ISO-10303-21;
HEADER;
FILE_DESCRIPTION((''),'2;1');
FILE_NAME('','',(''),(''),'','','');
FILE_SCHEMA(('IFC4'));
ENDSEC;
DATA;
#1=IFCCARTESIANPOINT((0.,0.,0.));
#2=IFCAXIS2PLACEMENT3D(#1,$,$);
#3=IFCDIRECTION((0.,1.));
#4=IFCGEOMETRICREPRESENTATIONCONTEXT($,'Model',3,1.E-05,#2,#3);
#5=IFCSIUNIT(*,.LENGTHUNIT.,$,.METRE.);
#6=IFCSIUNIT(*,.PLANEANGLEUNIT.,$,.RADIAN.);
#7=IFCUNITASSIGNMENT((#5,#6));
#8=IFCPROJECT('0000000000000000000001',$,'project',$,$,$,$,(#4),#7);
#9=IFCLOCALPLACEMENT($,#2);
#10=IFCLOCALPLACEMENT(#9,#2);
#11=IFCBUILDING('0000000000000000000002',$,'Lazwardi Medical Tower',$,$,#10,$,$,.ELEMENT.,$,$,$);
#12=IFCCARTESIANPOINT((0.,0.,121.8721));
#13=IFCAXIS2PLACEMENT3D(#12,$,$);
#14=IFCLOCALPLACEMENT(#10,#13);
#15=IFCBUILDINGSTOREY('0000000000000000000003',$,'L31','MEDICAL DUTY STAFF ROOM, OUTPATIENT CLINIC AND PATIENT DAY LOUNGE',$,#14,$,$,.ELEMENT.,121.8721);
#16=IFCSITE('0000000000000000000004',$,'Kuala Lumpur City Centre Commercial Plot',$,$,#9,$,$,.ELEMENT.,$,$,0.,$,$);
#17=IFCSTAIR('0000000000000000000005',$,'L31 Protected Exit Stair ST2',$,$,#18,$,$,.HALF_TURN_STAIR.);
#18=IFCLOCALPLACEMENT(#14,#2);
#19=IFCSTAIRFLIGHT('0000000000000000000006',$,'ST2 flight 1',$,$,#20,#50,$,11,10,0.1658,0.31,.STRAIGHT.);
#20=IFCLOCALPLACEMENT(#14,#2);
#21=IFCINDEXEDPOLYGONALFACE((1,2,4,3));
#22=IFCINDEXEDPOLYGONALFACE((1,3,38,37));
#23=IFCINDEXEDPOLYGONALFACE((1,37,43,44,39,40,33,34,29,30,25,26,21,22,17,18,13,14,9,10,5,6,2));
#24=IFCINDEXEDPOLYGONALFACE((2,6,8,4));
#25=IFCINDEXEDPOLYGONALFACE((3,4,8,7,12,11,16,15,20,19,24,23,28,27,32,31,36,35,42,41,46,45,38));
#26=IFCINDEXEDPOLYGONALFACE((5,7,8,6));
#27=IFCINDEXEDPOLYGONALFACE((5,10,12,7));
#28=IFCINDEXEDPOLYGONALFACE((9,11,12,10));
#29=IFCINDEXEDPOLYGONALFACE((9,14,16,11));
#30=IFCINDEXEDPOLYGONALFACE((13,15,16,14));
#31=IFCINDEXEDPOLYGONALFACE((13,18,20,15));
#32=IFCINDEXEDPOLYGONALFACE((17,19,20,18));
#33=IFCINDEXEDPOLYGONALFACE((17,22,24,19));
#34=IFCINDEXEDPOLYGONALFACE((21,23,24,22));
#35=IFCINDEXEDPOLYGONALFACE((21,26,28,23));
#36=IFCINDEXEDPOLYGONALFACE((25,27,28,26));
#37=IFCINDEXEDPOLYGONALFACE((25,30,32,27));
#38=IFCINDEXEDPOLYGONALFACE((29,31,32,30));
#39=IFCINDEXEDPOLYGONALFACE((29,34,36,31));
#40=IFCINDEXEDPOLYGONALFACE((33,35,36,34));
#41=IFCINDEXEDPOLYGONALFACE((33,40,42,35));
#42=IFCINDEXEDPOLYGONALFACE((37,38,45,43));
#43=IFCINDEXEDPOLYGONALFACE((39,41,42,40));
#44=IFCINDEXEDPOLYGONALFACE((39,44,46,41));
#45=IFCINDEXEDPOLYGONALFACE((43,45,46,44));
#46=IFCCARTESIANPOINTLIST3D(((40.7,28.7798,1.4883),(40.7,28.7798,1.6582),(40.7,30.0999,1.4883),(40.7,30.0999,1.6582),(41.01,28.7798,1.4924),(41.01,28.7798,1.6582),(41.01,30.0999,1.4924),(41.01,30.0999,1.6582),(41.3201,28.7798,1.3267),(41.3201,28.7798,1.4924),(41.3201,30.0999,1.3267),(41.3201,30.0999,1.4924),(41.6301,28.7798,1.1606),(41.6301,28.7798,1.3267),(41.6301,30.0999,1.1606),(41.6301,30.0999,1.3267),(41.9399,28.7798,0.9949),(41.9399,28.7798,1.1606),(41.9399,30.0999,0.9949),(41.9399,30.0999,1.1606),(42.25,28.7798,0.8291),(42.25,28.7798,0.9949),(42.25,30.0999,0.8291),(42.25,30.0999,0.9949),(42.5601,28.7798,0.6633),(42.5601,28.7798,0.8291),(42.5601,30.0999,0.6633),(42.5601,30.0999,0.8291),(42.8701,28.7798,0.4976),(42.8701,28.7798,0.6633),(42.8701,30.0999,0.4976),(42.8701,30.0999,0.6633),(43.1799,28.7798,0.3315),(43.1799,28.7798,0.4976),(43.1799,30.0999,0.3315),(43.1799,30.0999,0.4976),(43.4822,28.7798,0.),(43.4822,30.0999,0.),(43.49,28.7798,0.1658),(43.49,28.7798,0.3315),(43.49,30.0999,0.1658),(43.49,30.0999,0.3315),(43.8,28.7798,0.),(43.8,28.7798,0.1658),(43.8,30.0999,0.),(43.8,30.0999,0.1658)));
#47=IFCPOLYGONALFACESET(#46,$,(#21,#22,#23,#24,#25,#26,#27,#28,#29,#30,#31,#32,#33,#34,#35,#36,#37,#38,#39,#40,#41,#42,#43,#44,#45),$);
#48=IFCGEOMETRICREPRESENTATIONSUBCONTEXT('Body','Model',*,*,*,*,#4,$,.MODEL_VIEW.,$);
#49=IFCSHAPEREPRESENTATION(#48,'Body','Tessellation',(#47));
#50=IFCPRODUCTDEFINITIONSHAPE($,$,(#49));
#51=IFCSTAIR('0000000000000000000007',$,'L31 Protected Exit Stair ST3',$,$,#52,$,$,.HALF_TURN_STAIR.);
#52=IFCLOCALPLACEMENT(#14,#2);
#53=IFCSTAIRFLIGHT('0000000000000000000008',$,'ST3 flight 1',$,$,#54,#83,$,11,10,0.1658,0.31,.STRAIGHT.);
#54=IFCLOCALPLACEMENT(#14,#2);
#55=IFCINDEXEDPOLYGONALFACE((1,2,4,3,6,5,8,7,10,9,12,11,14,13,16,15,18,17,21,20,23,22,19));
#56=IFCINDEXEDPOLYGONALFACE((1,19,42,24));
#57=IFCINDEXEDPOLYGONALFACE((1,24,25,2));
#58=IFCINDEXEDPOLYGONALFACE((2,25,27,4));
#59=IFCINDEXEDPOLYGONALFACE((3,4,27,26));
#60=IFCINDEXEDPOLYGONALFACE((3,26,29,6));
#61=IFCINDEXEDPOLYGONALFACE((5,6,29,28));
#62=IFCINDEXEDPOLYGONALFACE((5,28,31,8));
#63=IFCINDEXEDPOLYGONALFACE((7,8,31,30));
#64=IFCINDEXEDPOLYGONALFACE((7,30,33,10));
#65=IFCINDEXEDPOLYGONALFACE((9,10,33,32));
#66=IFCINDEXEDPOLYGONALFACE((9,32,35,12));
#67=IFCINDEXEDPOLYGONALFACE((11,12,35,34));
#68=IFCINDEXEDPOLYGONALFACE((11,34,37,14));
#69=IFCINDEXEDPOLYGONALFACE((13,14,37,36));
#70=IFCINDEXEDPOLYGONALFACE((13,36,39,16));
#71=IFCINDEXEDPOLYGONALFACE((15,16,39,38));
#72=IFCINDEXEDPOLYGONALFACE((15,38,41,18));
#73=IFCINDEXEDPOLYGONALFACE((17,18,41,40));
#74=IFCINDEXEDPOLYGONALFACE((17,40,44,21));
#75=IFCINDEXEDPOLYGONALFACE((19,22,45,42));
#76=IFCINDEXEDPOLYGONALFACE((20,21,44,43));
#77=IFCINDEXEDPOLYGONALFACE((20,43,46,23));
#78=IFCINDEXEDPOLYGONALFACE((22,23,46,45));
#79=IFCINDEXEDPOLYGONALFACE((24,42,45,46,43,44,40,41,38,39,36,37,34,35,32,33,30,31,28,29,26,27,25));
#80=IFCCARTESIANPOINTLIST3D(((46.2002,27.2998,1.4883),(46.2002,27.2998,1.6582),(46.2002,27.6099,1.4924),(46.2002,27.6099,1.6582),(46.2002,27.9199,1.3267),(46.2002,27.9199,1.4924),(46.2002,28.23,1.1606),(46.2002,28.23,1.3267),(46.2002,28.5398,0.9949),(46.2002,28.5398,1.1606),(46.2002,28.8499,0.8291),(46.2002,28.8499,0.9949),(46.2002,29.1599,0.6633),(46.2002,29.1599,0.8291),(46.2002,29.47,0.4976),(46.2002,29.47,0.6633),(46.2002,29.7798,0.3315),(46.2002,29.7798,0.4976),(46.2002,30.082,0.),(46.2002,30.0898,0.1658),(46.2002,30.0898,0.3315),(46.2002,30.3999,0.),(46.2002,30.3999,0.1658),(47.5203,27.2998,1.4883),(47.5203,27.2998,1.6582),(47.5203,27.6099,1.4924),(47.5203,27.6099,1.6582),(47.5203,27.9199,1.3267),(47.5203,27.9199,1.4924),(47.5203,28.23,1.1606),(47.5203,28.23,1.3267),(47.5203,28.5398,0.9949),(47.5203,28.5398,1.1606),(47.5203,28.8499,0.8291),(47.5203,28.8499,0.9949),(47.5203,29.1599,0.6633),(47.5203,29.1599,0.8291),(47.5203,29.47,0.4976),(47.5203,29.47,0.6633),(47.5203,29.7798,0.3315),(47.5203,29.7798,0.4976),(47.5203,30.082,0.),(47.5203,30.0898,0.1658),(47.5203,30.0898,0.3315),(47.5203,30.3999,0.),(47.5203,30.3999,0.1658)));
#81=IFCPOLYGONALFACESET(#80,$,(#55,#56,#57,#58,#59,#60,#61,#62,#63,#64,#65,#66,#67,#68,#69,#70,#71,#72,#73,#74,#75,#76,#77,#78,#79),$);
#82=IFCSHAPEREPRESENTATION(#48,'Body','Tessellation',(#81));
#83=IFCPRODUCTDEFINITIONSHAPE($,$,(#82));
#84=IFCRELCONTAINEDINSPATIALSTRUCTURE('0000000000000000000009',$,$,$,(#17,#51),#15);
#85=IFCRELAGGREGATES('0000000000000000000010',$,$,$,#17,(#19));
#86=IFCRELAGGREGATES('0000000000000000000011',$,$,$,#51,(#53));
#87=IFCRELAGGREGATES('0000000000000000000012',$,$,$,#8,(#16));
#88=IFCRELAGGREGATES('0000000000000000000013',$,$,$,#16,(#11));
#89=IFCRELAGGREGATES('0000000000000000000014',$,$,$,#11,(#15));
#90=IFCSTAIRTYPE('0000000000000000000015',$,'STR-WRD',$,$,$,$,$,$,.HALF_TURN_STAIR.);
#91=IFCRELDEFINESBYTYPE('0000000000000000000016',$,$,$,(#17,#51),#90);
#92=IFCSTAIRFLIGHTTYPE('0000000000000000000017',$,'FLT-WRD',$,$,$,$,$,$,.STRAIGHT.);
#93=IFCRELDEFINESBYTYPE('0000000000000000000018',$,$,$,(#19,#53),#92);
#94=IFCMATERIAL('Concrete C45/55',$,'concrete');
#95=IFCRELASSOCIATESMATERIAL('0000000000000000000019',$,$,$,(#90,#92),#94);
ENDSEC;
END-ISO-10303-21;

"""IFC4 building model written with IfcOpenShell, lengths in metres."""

from ifc_helpers import new_model, si_unit, direction, frame, origin, place, context, subcontext, project, spatial, polyline, outline, extrude, material, type_object, element, aggregate, save


model = new_model("IFC4")

# Units and contexts
model_context = context("Model", 3, precision=1e-05, world=origin(), true_north=direction((0.0, 1.0)))
body_context = subcontext(model_context, "Body", "Model", "MODEL_VIEW")
ifc_project = project(units=[si_unit("LENGTHUNIT", "METRE"), si_unit("PLANEANGLEUNIT", "RADIAN")], contexts=[model_context])

# Site, building, storey
site_placement = place(None, origin())
site = spatial("IfcSite", under=ifc_project, at=site_placement, Name="Kuala Lumpur City Centre Commercial Plot", CompositionType="ELEMENT", RefElevation=0.0)
building_placement = place(site_placement, origin())
building = spatial("IfcBuilding", under=site, at=building_placement, Name="Lazwardi Medical Tower", CompositionType="ELEMENT")
storey_placement = place(building_placement, frame((0.0, 0.0, 121.8721)))
storey = spatial("IfcBuildingStorey", under=building, at=storey_placement, Name="L31", Description="MEDICAL DUTY STAFF ROOM, OUTPATIENT CLINIC AND PATIENT DAY LOUNGE", CompositionType="ELEMENT", Elevation=121.8721)

# Stairs, stair flights
ifc_material_1 = material(Name="Concrete C45/55", Category="concrete")
stair_type = type_object("IfcStairType", Name="STR-WRD", PredefinedType="HALF_TURN_STAIR", material=ifc_material_1)
stair_1_placement = place(storey_placement, origin())
stair_1 = element("IfcStair", 1, at=stair_1_placement, inside=storey, type_object=stair_type, Name="L31 Protected Exit Stair ST2", PredefinedType="HALF_TURN_STAIR")
stair_flight_type = type_object("IfcStairFlightType", Name="FLT-WRD", PredefinedType="STRAIGHT", material=ifc_material_1)
stair_flight_1_placement = place(storey_placement, frame((43.8, 29.4399, 0.0), z_axis=(0.0, 0.0, 1.0), x_axis=(-1.0, 0.0, 0.0)))
stair_flight_1 = element("IfcStairFlight", 2, at=stair_flight_1_placement, type_object=stair_flight_type, Name="ST2 flight 1", NumberOfRisers=11, NumberOfTreads=10, PredefinedType="STRAIGHT", RiserHeight=0.1658, TreadLength=0.31, context=body_context, shape_type="SweptSolid", body=[
    extrude(outline(polyline([(0.0, 0.0), (0.0, 0.1658), (0.3101, 0.1658), (0.3101, 0.3315), (0.6201, 0.3315), (0.6201, 0.4976), (0.9299, 0.4976), (0.9299, 0.6633), (1.24, 0.6633), (1.24, 0.8291), (1.55, 0.8291), (1.55, 0.9949), (1.8601, 0.9949), (1.8601, 1.1606), (2.1699, 1.1606), (2.1699, 1.3267), (2.48, 1.3267), (2.48, 1.4924), (2.79, 1.4924), (2.79, 1.6582), (3.1001, 1.6582), (3.1001, 1.824), (3.1001, 1.4883), (0.3179, 0.0), (0.0, 0.0)])), frame((0.0, 0.6602, 0.0), z_axis=(0.0, -1.0, 0.0), x_axis=(1.0, 0.0, 0.0)), (0.0, 0.0, 1.0), 1.3201),
])
aggregate(stair_1, [stair_flight_1])
stair_2_placement = place(storey_placement, origin())
stair_2 = element("IfcStair", 3, at=stair_2_placement, inside=storey, type_object=stair_type, Name="L31 Protected Exit Stair ST3", PredefinedType="HALF_TURN_STAIR")
stair_flight_2_placement = place(storey_placement, frame((46.8601, 30.3999, 0.0), z_axis=(0.0, 0.0, 1.0), x_axis=(0.0, -1.0, 0.0)))
stair_flight_2 = element("IfcStairFlight", 4, at=stair_flight_2_placement, type_object=stair_flight_type, Name="ST3 flight 1", NumberOfRisers=11, NumberOfTreads=10, PredefinedType="STRAIGHT", RiserHeight=0.1658, TreadLength=0.31, context=body_context, shape_type="SweptSolid", body=[
    extrude(outline(polyline([(0.0, 0.0), (0.0, 0.1658), (0.3101, 0.1658), (0.3101, 0.3315), (0.6201, 0.3315), (0.6201, 0.4976), (0.9299, 0.4976), (0.9299, 0.6633), (1.24, 0.6633), (1.24, 0.8291), (1.55, 0.8291), (1.55, 0.9949), (1.8601, 0.9949), (1.8601, 1.1606), (2.1699, 1.1606), (2.1699, 1.3267), (2.48, 1.3267), (2.48, 1.4924), (2.79, 1.4924), (2.79, 1.6582), (3.1001, 1.6582), (3.1001, 1.824), (3.1001, 1.4883), (0.3179, 0.0), (0.0, 0.0)])), frame((0.0, 0.6602, 0.0), z_axis=(0.0, -1.0, 0.0), x_axis=(1.0, 0.0, 0.0)), (0.0, 0.0, 1.0), 1.3201),
])
aggregate(stair_2, [stair_flight_2])

save(model, "model.ifc")
